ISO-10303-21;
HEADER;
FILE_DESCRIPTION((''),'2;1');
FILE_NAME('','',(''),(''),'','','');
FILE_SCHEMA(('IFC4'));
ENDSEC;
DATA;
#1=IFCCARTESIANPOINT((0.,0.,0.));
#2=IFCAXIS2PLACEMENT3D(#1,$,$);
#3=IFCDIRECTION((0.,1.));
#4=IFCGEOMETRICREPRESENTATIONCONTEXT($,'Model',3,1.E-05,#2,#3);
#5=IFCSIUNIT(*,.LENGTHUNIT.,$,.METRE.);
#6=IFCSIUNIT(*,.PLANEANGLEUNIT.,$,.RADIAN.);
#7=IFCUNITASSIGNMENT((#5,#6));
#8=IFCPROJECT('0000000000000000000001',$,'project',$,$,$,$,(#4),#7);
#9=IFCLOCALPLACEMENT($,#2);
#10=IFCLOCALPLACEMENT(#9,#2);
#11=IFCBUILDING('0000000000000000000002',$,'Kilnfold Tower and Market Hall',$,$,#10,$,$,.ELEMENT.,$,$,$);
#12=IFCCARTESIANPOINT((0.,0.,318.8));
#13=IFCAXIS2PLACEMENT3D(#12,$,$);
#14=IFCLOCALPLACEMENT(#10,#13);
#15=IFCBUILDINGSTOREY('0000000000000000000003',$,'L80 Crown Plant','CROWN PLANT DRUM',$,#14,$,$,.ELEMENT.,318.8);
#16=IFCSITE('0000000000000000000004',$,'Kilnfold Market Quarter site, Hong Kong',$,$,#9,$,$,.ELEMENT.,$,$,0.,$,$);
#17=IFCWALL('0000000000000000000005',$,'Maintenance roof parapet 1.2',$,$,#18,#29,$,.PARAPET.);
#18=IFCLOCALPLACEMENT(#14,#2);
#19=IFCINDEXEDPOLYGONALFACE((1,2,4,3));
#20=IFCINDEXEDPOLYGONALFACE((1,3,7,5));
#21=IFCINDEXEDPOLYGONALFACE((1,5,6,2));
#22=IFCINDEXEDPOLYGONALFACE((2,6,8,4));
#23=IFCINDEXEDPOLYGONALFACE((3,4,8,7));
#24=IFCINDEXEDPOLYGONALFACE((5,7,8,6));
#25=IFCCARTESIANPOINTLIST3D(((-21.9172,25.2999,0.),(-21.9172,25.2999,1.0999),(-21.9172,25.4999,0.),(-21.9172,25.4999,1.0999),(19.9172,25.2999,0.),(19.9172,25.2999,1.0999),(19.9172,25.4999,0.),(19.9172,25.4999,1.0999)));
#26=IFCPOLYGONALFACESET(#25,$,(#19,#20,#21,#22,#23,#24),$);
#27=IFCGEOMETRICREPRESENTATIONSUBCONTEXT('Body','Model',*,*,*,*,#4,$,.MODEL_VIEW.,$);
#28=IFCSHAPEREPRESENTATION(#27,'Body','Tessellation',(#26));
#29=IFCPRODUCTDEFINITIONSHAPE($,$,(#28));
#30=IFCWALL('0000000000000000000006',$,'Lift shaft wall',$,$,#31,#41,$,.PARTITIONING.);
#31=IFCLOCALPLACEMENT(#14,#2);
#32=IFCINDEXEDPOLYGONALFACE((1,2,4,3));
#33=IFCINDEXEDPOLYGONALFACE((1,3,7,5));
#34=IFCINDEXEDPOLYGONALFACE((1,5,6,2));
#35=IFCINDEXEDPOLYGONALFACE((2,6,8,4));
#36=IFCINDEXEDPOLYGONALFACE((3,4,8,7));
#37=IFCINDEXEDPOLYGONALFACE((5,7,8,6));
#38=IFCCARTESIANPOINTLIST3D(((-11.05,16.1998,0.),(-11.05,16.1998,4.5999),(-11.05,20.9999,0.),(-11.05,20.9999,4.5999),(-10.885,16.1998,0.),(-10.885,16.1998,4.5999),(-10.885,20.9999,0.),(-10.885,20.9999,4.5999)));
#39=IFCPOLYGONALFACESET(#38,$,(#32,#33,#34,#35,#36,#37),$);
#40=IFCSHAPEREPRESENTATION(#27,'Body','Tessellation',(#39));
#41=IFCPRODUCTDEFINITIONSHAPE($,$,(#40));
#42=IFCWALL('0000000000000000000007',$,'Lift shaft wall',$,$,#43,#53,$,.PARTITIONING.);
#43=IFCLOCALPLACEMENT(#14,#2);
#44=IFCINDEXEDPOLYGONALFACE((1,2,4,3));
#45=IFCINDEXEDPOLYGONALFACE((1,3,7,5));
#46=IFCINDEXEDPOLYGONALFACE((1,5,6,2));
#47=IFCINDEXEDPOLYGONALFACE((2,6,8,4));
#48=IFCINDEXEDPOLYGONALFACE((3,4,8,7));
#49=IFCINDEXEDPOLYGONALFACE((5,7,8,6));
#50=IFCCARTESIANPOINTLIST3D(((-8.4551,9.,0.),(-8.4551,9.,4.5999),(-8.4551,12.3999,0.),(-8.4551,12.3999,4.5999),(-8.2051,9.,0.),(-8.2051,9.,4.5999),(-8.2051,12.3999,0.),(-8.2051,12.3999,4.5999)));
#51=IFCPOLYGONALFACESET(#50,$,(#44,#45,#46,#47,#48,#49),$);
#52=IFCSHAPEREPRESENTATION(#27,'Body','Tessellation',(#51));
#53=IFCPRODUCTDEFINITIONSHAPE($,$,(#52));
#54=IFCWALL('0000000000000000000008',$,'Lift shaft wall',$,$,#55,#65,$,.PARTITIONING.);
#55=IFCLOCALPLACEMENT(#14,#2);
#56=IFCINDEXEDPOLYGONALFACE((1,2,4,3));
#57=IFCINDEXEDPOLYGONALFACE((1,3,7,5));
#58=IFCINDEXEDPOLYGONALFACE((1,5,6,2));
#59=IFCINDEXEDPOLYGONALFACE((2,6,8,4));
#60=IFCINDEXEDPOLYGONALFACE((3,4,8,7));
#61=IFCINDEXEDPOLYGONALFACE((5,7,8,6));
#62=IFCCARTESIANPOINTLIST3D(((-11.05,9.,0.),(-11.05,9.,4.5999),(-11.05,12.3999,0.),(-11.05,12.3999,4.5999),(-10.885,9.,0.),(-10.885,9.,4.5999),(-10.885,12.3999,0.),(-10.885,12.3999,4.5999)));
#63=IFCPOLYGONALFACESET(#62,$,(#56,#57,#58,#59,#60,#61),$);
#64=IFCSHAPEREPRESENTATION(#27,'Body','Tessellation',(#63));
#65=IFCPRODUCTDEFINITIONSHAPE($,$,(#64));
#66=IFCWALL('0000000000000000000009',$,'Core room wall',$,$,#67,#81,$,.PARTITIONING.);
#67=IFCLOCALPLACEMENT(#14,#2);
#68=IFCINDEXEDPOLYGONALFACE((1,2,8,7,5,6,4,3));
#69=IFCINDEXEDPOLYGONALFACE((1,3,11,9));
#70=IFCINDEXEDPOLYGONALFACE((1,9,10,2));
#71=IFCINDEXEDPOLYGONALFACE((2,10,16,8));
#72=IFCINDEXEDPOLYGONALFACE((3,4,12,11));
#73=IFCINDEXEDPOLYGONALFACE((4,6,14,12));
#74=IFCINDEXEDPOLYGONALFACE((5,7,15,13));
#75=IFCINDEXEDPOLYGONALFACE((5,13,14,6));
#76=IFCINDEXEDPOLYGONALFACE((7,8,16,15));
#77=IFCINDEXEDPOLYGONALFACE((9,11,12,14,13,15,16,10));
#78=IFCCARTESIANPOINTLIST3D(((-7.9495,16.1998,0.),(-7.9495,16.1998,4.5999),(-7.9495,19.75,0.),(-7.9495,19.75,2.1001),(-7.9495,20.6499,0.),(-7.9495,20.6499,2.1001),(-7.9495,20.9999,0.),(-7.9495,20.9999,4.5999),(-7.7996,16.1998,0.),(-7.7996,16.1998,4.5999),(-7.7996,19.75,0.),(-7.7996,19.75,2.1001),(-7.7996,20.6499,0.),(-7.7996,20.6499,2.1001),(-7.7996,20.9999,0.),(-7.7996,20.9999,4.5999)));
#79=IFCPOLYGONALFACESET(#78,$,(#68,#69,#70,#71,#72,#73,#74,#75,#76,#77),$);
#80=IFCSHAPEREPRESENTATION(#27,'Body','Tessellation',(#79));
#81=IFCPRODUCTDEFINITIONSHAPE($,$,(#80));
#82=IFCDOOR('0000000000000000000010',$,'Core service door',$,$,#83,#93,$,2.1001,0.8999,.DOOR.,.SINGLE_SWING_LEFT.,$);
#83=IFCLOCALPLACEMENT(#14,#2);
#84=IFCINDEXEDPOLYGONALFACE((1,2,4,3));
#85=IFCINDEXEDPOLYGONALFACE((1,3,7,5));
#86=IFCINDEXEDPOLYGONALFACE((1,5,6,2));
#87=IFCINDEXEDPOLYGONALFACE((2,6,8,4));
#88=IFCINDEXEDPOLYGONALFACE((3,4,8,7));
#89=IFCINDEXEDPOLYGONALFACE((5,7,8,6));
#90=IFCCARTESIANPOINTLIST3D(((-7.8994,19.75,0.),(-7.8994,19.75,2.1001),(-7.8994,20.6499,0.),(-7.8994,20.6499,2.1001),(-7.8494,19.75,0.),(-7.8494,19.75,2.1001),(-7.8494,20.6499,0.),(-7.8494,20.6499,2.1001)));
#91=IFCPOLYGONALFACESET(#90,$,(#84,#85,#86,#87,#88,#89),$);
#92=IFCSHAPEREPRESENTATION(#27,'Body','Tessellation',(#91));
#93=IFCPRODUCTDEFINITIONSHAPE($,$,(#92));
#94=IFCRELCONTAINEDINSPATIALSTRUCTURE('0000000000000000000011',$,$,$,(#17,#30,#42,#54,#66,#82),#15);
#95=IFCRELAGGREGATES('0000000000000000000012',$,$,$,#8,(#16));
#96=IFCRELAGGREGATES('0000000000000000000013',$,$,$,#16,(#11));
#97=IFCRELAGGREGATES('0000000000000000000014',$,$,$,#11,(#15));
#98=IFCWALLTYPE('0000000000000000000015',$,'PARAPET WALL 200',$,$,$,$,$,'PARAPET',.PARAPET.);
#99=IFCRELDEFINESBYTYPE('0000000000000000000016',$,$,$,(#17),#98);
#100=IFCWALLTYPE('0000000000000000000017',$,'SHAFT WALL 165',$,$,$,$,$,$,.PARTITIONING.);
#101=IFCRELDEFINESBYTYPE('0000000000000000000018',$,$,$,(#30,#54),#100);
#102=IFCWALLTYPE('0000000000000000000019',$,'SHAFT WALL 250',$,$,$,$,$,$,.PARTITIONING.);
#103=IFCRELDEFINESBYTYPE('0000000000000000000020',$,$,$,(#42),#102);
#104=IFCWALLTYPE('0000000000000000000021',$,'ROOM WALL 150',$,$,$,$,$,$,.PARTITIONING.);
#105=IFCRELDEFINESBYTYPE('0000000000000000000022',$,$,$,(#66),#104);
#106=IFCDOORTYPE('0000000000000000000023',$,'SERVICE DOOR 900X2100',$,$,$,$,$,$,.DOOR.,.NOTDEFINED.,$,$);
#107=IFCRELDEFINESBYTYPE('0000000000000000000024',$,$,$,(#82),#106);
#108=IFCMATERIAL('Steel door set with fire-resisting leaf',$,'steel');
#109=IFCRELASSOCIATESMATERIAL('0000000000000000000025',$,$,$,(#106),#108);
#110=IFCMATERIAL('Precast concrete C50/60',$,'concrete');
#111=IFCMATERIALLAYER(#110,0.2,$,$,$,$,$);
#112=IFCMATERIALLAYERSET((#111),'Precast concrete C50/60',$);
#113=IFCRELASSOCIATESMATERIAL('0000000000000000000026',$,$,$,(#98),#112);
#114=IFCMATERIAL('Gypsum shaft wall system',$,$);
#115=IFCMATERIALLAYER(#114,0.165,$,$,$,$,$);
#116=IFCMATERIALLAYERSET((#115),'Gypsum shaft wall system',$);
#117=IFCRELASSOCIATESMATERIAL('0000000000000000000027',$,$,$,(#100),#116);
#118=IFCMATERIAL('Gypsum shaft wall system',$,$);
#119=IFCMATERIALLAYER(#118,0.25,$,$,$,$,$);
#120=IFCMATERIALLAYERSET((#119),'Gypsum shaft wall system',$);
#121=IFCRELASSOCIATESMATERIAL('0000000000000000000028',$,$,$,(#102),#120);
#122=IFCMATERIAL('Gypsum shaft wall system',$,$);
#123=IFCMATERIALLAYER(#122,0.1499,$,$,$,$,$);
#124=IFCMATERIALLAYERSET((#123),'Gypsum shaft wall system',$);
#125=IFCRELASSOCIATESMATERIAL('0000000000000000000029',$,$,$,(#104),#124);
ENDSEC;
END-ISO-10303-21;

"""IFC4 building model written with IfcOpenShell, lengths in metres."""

from ifc_helpers import new_model, si_unit, direction, frame, frame_2d, origin, place, context, subcontext, project, spatial, rectangle, extrude, source, transform, mapped, material, layer, layer_set, type_object, element, fill, save


model = new_model("IFC4")

# Units and contexts
model_context = context("Model", 3, precision=1e-05, world=origin(), true_north=direction((0.0, 1.0)))
body_context = subcontext(model_context, "Body", "Model", "MODEL_VIEW")
ifc_project = project(units=[si_unit("LENGTHUNIT", "METRE"), si_unit("PLANEANGLEUNIT", "RADIAN")], contexts=[model_context])

# Site, building, storey
site_placement = place(None, origin())
site = spatial("IfcSite", under=ifc_project, at=site_placement, Name="Kilnfold Market Quarter site, Hong Kong", CompositionType="ELEMENT", RefElevation=0.0)
building_placement = place(site_placement, origin())
building = spatial("IfcBuilding", under=site, at=building_placement, Name="Kilnfold Tower and Market Hall", CompositionType="ELEMENT")
storey_placement = place(building_placement, frame((0.0, 0.0, 318.8)))
storey = spatial("IfcBuildingStorey", under=building, at=storey_placement, Name="L80 Crown Plant", Description="CROWN PLANT DRUM", CompositionType="ELEMENT", Elevation=318.8)

# Shared definitions
ifc_material_1 = material(Name="Steel door set with fire-resisting leaf", Category="steel")
door_type = type_object("IfcDoorType", Name="SERVICE DOOR 900X2100", OperationType="NOTDEFINED", PredefinedType="DOOR", material=ifc_material_1)

# Walls
ifc_material_2 = material(Name="Precast concrete C50/60", Category="concrete")
ifc_layer_1 = layer(ifc_material_2, 0.2)
ifc_layer_set_1 = layer_set([ifc_layer_1], Name="Precast concrete C50/60")
wall_type_1 = type_object("IfcWallType", Name="PARAPET WALL 200", ElementType="PARAPET", PredefinedType="PARAPET", material=ifc_layer_set_1)
shared_shape_1 = source(origin(), body_context, "Body", "SweptSolid", [
    extrude(rectangle(XDim=41.8345, YDim=0.2, at=frame_2d((20.9172, 0.0))), origin(), (0.0, 0.0, 1.0), 1.0999),
])
wall_1_placement = place(storey_placement, frame((-21.9172, 25.3999, 0.0), z_axis=(0.0, 0.0, 1.0), x_axis=(1.0, 0.0, 0.0)))
element("IfcWall", 1, at=wall_1_placement, inside=storey, type_object=wall_type_1, Name="Maintenance roof parapet 1.2", PredefinedType="PARAPET", context=body_context, shape_type="MappedRepresentation", body=[
    mapped(shared_shape_1, transform((0.0, 0.0, 0.0))),
])
ifc_material_3 = material(Name="Gypsum shaft wall system")
ifc_layer_2 = layer(ifc_material_3, 0.165)
ifc_layer_set_2 = layer_set([ifc_layer_2], Name="Gypsum shaft wall system")
wall_type_2 = type_object("IfcWallType", Name="SHAFT WALL 165", PredefinedType="PARTITIONING", material=ifc_layer_set_2)
shared_shape_2 = source(origin(), body_context, "Body", "SweptSolid", [
    extrude(rectangle(XDim=4.8, YDim=0.165, at=frame_2d((2.3999, 0.0))), origin(), (0.0, 0.0, 1.0), 4.5999),
])
wall_2_placement = place(storey_placement, frame((-10.9675, 16.2, 0.0), z_axis=(0.0, 0.0, 1.0), x_axis=(0.0, 1.0, 0.0)))
element("IfcWall", 2, at=wall_2_placement, inside=storey, type_object=wall_type_2, Name="Lift shaft wall", PredefinedType="PARTITIONING", context=body_context, shape_type="MappedRepresentation", body=[
    mapped(shared_shape_2, transform((0.0, 0.0, 0.0))),
])
ifc_material_4 = material(Name="Gypsum shaft wall system")
ifc_layer_3 = layer(ifc_material_4, 0.25)
ifc_layer_set_3 = layer_set([ifc_layer_3], Name="Gypsum shaft wall system")
wall_type_3 = type_object("IfcWallType", Name="SHAFT WALL 250", PredefinedType="PARTITIONING", material=ifc_layer_set_3)
shared_shape_3 = source(origin(), body_context, "Body", "SweptSolid", [
    extrude(rectangle(XDim=3.3999, YDim=0.25, at=frame_2d((1.7, 0.0))), origin(), (0.0, 0.0, 1.0), 4.5999),
])
wall_3_placement = place(storey_placement, frame((-8.3301, 9.0, 0.0), z_axis=(0.0, 0.0, 1.0), x_axis=(0.0, 1.0, 0.0)))
element("IfcWall", 3, at=wall_3_placement, inside=storey, type_object=wall_type_3, Name="Lift shaft wall", PredefinedType="PARTITIONING", context=body_context, shape_type="MappedRepresentation", body=[
    mapped(shared_shape_3, transform((0.0, 0.0, 0.0))),
])
shared_shape_4 = source(origin(), body_context, "Body", "SweptSolid", [
    extrude(rectangle(XDim=3.3999, YDim=0.165, at=frame_2d((1.7, 0.0))), origin(), (0.0, 0.0, 1.0), 4.5999),
])
wall_4_placement = place(storey_placement, frame((-10.9675, 9.0, 0.0), z_axis=(0.0, 0.0, 1.0), x_axis=(0.0, 1.0, 0.0)))
element("IfcWall", 4, at=wall_4_placement, inside=storey, type_object=wall_type_2, Name="Lift shaft wall", PredefinedType="PARTITIONING", context=body_context, shape_type="MappedRepresentation", body=[
    mapped(shared_shape_4, transform((0.0, 0.0, 0.0))),
])

# Wall, opening, door
ifc_material_5 = material(Name="Gypsum shaft wall system")
ifc_layer_4 = layer(ifc_material_5, 0.1499)
ifc_layer_set_4 = layer_set([ifc_layer_4], Name="Gypsum shaft wall system")
wall_type_4 = type_object("IfcWallType", Name="ROOM WALL 150", PredefinedType="PARTITIONING", material=ifc_layer_set_4)
shared_shape_5 = source(origin(), body_context, "Body", "SweptSolid", [
    extrude(rectangle(XDim=4.8, YDim=0.1499, at=frame_2d((2.3999, 0.0))), origin(), (0.0, 0.0, 1.0), 4.5999),
])
wall_5_placement = place(storey_placement, frame((-7.8745, 16.2, 0.0), z_axis=(0.0, 0.0, 1.0), x_axis=(0.0, 1.0, 0.0)))
wall_5 = element("IfcWall", 5, at=wall_5_placement, inside=storey, type_object=wall_type_4, Name="Core room wall", PredefinedType="PARTITIONING", context=body_context, shape_type="MappedRepresentation", body=[
    mapped(shared_shape_5, transform((0.0, 0.0, 0.0))),
])
opening_1_placement = place(wall_5_placement, frame((3.55, 0.0, 0.0)))
opening_1 = element("IfcOpeningElement", 6, at=opening_1_placement, cuts=wall_5, PredefinedType="OPENING", context=body_context, shape_type="SweptSolid", body=[
    extrude(rectangle(XDim=0.8999, YDim=2.1001, at=frame_2d((0.45, 1.05))), frame((0.0, 0.085, 0.0), z_axis=(0.0, -1.0, 0.0), x_axis=(1.0, 0.0, 0.0)), (0.0, 0.0, 1.0), 0.1699),
])
door_1_placement = place(opening_1_placement, origin())
door_1 = element("IfcDoor", 7, at=door_1_placement, inside=storey, type_object=door_type, Name="Core service door", OperationType="SINGLE_SWING_LEFT", OverallHeight=2.1001, OverallWidth=0.8999, PredefinedType="DOOR", context=body_context, shape_type="SweptSolid", body=[
    extrude(rectangle(XDim=0.8999, YDim=2.1001, at=frame_2d((0.45, 1.05))), frame((0.0, 0.0249, 0.0), z_axis=(0.0, -1.0, 0.0), x_axis=(1.0, 0.0, 0.0)), (0.0, 0.0, 1.0), 0.05),
])
fill(opening_1, door_1)

save(model, "model.ifc")
